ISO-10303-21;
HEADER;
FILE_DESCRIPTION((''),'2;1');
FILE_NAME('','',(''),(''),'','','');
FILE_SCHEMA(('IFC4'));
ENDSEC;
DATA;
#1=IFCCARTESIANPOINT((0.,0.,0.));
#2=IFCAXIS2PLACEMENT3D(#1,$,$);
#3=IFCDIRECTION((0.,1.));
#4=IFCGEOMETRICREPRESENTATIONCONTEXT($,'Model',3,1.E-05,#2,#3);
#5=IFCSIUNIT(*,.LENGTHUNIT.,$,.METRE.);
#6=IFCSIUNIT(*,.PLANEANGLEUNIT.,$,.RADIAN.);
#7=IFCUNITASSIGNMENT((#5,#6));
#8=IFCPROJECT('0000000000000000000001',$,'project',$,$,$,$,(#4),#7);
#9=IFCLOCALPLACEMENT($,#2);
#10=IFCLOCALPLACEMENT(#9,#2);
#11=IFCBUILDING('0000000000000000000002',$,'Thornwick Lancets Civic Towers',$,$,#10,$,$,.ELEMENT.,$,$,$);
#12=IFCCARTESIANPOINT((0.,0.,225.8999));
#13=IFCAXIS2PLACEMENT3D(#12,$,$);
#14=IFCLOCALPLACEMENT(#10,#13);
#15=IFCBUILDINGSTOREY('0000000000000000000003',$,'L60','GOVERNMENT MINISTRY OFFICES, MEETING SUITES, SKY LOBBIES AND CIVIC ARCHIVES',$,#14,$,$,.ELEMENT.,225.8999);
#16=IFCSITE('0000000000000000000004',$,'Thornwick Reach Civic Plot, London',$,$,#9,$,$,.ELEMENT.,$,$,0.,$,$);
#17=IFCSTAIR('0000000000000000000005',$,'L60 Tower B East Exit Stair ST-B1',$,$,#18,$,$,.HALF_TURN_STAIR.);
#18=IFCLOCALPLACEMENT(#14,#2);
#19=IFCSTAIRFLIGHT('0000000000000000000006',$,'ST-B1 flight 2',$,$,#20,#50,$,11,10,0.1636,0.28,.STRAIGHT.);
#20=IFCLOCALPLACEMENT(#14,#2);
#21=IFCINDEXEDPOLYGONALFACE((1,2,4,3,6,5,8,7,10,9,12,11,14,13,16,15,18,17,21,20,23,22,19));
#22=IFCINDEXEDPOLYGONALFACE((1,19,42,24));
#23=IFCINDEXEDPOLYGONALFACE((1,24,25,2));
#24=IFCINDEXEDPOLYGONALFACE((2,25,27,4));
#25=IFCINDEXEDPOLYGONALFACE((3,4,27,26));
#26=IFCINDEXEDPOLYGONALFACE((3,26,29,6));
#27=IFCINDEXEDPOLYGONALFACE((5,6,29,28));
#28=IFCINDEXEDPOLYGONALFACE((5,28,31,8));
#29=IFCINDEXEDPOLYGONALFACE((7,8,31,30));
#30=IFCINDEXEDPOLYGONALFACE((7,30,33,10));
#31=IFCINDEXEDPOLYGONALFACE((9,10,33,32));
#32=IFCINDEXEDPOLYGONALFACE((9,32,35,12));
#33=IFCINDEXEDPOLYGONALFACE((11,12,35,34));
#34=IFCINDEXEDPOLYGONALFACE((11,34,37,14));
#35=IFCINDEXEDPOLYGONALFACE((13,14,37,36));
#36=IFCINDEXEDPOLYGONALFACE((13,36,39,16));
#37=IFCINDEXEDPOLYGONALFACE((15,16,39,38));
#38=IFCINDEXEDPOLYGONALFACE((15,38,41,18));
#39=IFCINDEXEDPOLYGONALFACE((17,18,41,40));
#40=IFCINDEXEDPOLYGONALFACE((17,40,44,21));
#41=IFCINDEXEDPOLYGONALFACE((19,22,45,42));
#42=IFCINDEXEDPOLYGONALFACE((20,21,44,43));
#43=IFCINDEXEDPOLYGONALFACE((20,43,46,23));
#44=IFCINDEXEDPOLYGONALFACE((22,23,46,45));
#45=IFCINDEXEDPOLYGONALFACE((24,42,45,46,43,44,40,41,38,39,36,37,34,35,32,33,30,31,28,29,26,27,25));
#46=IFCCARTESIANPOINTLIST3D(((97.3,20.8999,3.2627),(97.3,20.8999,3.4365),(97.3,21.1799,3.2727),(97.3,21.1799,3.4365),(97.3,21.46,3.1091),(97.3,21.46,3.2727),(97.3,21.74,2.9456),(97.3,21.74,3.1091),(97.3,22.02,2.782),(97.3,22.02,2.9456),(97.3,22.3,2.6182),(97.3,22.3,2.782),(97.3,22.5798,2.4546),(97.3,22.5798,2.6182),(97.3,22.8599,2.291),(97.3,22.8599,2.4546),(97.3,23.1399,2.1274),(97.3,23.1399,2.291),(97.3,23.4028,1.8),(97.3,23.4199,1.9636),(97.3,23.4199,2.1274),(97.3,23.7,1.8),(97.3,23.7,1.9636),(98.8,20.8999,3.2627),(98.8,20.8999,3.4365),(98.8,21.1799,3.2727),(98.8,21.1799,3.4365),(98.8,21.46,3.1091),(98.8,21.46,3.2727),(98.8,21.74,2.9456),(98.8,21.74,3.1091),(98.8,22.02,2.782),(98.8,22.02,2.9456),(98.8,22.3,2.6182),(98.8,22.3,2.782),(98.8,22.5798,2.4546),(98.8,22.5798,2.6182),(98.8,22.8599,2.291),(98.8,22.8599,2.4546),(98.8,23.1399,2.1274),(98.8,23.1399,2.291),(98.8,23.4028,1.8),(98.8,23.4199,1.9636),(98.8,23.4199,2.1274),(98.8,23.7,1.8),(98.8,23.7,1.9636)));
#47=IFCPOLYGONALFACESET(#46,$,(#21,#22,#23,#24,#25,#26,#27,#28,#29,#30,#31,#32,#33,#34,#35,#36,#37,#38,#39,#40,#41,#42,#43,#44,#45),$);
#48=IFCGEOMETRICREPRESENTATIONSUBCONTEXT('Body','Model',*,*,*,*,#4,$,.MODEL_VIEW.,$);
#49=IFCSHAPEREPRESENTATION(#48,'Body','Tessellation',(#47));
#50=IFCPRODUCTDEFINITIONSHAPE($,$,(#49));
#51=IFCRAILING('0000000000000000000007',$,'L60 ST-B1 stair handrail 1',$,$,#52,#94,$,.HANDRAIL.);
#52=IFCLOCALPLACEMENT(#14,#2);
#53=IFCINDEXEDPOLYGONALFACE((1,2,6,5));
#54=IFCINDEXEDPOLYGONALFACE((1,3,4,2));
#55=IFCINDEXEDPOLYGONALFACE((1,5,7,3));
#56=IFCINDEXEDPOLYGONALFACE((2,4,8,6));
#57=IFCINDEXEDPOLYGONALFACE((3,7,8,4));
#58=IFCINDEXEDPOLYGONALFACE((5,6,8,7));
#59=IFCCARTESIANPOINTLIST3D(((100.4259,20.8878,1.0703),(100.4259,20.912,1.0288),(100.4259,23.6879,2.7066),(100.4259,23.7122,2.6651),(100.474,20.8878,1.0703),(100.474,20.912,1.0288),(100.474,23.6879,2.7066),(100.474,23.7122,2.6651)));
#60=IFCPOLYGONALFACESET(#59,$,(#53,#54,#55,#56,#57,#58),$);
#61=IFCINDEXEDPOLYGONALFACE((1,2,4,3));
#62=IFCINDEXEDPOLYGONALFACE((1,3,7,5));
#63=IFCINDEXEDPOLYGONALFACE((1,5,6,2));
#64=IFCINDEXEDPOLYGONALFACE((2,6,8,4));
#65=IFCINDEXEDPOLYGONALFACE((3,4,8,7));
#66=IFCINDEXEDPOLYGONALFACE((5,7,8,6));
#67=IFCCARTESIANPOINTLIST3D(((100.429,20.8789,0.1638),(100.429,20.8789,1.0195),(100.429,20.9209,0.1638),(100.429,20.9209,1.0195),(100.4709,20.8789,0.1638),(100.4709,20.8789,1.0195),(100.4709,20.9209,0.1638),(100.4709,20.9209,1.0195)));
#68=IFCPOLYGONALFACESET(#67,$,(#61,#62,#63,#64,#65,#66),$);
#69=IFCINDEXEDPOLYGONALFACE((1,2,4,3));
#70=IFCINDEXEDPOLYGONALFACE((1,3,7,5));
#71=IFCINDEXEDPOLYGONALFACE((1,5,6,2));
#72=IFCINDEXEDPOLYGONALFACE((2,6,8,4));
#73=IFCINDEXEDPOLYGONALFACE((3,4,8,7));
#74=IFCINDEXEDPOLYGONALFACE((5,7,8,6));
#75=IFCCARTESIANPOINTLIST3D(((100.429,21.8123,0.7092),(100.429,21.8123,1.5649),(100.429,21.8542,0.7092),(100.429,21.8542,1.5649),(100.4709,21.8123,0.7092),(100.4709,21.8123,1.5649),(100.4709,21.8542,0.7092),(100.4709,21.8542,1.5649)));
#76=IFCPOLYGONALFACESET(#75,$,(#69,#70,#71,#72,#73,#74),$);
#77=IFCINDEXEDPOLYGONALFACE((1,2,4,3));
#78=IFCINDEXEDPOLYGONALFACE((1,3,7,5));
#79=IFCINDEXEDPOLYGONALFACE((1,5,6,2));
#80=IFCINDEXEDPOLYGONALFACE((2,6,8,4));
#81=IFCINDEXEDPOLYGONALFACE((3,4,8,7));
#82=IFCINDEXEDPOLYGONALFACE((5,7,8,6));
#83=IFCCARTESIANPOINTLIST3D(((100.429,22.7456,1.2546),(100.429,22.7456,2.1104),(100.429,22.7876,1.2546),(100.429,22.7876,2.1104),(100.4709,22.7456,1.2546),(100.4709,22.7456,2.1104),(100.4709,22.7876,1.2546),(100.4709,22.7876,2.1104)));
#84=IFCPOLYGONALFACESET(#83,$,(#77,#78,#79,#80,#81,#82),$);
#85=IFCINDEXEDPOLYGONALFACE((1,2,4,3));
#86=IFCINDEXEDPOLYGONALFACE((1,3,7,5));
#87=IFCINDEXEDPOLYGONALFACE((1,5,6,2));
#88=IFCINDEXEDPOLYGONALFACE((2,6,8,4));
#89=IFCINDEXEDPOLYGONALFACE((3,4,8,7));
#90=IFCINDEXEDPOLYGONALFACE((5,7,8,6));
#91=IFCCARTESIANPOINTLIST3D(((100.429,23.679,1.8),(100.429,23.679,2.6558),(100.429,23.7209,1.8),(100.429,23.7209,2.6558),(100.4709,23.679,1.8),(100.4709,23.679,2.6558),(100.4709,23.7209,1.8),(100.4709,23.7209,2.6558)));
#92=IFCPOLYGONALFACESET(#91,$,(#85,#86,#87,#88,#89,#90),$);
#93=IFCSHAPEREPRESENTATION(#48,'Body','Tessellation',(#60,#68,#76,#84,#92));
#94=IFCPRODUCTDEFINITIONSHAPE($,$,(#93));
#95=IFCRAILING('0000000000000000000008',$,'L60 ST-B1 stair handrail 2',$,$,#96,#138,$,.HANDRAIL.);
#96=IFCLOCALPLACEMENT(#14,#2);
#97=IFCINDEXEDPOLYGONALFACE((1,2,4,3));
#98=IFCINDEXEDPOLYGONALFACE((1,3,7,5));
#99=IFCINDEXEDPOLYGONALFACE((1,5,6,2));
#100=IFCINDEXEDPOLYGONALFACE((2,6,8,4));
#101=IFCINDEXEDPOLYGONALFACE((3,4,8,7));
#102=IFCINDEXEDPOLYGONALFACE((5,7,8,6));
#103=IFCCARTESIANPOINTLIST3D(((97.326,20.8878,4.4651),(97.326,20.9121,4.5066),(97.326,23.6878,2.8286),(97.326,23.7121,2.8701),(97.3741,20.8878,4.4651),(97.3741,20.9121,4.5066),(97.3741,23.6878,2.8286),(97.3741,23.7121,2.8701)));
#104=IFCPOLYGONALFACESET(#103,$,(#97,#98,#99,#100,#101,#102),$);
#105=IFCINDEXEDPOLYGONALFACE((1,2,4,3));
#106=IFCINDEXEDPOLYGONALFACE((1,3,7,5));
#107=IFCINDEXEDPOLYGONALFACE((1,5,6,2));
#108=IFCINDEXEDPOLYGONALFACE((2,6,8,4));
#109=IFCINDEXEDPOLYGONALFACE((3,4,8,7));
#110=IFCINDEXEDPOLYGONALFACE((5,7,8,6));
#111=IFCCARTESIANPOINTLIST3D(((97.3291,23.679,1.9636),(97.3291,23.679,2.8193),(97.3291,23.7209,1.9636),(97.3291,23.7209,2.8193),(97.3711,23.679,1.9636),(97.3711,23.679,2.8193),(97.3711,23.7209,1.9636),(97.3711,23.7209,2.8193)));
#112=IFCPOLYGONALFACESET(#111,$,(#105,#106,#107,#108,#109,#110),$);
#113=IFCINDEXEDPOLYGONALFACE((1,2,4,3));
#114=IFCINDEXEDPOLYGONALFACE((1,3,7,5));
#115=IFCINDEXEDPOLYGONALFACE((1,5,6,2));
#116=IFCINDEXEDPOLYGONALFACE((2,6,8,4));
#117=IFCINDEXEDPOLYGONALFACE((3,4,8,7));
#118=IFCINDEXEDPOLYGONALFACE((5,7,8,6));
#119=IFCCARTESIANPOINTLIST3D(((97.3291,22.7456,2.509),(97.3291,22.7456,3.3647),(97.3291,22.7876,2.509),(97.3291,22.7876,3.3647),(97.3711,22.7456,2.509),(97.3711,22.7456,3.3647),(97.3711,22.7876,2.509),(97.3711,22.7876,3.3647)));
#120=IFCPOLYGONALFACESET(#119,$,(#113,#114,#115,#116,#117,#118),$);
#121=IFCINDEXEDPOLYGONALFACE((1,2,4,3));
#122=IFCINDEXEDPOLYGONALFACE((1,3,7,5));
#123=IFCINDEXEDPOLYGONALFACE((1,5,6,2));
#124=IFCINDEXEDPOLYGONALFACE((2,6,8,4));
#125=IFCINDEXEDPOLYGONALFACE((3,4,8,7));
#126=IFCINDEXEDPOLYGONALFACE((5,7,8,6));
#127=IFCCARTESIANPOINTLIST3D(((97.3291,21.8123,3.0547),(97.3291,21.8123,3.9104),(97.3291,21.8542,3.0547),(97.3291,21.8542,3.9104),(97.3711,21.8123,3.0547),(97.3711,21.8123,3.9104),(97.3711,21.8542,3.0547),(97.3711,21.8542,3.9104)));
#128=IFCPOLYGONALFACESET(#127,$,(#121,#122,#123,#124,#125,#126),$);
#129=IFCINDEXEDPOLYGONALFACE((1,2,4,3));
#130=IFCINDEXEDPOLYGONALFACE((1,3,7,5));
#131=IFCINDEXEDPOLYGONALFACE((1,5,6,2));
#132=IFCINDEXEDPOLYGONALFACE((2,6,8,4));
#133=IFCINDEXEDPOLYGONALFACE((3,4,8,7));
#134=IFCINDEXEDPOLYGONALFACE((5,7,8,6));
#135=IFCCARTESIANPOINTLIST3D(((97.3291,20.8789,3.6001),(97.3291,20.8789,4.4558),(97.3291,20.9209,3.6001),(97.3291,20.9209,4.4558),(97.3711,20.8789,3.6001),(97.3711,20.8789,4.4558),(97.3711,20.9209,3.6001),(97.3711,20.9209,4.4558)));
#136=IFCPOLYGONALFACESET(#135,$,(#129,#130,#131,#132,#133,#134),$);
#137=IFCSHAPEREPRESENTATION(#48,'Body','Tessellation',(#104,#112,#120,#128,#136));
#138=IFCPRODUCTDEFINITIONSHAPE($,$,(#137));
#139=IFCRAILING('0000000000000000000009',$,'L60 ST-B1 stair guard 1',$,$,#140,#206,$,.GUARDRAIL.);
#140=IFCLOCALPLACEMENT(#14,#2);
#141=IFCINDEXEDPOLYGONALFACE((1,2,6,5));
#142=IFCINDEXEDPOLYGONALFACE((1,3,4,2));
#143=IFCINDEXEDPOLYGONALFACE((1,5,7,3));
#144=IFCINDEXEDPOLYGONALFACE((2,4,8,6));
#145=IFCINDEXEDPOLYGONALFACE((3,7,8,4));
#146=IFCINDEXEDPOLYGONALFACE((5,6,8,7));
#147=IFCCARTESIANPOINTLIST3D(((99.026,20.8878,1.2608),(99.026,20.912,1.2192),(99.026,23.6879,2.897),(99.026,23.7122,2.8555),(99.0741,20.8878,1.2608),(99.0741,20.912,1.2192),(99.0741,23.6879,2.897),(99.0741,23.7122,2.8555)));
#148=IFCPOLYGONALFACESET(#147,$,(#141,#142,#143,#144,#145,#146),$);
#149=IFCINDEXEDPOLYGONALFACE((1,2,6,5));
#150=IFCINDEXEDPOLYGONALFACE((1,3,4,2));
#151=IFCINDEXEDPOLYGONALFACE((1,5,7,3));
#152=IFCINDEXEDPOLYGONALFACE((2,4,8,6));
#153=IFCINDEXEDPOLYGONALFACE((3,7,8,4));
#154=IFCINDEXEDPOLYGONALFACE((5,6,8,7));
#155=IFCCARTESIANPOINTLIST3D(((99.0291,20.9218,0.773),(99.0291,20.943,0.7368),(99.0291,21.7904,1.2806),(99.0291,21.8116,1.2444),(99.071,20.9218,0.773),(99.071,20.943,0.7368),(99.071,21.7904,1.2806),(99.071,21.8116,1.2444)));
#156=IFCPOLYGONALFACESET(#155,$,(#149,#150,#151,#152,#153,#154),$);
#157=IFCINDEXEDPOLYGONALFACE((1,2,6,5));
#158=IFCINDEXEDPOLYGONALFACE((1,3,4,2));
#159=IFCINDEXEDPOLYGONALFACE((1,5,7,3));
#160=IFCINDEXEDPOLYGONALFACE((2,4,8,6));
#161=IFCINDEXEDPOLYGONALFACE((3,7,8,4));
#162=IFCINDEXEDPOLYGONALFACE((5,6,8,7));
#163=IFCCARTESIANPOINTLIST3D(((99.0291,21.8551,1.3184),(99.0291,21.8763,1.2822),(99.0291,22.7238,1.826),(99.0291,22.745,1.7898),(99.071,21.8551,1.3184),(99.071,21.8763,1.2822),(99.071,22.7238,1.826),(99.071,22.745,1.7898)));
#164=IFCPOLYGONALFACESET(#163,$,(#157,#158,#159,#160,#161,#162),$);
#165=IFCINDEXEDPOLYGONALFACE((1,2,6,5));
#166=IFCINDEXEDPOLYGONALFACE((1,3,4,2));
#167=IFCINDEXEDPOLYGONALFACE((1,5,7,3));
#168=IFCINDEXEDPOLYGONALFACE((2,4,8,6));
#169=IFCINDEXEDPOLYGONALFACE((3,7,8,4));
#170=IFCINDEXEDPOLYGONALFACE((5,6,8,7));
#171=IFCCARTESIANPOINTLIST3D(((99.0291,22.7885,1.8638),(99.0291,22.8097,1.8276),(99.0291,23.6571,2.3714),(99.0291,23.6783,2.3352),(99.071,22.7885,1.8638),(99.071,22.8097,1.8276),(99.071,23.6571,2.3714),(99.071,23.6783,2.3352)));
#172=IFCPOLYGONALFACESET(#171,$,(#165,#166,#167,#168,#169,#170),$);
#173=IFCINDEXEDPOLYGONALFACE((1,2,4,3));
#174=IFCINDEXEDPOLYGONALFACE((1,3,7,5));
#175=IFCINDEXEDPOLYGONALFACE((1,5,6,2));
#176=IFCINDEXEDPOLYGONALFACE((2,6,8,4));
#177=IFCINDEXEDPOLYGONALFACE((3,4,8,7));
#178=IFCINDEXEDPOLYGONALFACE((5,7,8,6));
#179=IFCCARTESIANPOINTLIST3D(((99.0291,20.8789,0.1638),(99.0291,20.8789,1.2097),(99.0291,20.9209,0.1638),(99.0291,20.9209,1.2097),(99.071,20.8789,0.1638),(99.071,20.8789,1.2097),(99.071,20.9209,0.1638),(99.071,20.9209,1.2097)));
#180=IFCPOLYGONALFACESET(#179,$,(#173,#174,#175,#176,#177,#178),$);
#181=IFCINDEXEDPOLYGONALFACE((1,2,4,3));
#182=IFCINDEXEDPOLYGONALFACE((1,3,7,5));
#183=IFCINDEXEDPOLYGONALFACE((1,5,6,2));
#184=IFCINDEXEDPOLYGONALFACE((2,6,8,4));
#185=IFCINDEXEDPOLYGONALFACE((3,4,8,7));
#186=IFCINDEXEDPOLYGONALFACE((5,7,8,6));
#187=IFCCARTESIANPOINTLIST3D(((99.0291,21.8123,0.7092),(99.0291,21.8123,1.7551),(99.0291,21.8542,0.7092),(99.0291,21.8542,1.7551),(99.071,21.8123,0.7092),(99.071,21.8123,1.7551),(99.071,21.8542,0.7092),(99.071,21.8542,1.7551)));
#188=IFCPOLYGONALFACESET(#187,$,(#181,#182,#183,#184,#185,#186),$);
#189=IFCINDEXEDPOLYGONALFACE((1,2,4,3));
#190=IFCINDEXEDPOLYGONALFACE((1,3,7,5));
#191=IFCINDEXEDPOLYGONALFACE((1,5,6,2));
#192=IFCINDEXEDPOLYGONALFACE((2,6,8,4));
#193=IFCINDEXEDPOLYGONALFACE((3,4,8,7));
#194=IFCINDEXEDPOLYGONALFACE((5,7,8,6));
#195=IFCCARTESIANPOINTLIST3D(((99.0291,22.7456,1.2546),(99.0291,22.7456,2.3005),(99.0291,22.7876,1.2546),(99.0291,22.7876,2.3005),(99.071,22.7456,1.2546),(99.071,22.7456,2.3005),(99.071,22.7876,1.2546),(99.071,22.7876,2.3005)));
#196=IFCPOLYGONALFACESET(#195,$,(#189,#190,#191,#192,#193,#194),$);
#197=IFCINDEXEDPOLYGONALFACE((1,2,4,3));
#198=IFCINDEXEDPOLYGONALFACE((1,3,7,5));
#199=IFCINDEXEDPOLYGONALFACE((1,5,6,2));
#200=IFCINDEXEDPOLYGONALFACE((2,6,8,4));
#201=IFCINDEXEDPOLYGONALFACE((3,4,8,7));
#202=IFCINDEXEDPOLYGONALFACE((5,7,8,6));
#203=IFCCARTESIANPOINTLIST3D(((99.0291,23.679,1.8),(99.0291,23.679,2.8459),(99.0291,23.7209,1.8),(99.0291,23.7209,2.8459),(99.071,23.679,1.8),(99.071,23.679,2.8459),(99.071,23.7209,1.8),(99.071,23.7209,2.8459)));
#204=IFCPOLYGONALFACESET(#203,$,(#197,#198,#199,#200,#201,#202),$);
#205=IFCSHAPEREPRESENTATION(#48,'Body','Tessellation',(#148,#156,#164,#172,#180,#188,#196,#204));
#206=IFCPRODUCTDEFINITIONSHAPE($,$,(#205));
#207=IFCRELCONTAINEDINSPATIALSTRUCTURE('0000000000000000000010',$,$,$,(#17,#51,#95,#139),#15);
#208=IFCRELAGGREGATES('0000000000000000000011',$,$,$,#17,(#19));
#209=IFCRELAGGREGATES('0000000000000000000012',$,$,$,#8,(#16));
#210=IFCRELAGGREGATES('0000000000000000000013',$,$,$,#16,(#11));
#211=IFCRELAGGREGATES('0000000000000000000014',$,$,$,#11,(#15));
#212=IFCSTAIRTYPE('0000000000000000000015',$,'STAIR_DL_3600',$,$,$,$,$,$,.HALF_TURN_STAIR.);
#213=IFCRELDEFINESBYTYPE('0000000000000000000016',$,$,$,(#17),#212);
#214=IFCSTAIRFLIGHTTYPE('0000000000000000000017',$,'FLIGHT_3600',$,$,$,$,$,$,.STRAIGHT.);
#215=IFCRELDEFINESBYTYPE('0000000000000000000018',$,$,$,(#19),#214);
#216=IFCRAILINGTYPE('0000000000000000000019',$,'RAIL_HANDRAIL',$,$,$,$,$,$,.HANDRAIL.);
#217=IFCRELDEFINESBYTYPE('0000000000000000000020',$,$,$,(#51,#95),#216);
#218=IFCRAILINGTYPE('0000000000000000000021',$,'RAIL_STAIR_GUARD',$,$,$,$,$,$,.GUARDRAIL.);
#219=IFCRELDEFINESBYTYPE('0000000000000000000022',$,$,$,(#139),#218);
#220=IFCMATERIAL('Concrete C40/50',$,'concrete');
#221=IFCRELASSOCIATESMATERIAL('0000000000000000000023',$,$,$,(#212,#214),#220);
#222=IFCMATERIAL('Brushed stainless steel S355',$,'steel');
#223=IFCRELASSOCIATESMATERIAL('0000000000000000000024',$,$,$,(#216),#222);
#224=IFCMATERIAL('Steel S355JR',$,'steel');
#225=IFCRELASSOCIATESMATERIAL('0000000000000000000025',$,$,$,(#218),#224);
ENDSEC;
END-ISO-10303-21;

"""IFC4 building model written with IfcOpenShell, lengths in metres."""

from ifc_helpers import new_model, si_unit, direction, frame, origin, origin_2d, place, context, subcontext, project, spatial, polyline, rectangle, outline, extrude, material, type_object, element, aggregate, save


model = new_model("IFC4")

# Units and contexts
model_context = context("Model", 3, precision=1e-05, world=origin(), true_north=direction((0.0, 1.0)))
body_context = subcontext(model_context, "Body", "Model", "MODEL_VIEW")
ifc_project = project(units=[si_unit("LENGTHUNIT", "METRE"), si_unit("PLANEANGLEUNIT", "RADIAN")], contexts=[model_context])

# Site, building, storey
site_placement = place(None, origin())
site = spatial("IfcSite", under=ifc_project, at=site_placement, Name="Thornwick Reach Civic Plot, London", CompositionType="ELEMENT", RefElevation=0.0)
building_placement = place(site_placement, origin())
building = spatial("IfcBuilding", under=site, at=building_placement, Name="Thornwick Lancets Civic Towers", CompositionType="ELEMENT")
storey_placement = place(building_placement, frame((0.0, 0.0, 225.8999)))
storey = spatial("IfcBuildingStorey", under=building, at=storey_placement, Name="L60", Description="GOVERNMENT MINISTRY OFFICES, MEETING SUITES, SKY LOBBIES AND CIVIC ARCHIVES", CompositionType="ELEMENT", Elevation=225.8999)

# Shared definitions
ifc_material_1 = material(Name="Concrete C40/50", Category="concrete")

# Stair, stair flight
stair_type = type_object("IfcStairType", Name="STAIR_DL_3600", PredefinedType="HALF_TURN_STAIR", material=ifc_material_1)
stair_placement = place(storey_placement, origin())
stair = element("IfcStair", 1, at=stair_placement, inside=storey, type_object=stair_type, Name="L60 Tower B East Exit Stair ST-B1", PredefinedType="HALF_TURN_STAIR")
stair_flight_type = type_object("IfcStairFlightType", Name="FLIGHT_3600", PredefinedType="STRAIGHT", material=ifc_material_1)
stair_flight_1_placement = place(storey_placement, frame((98.05, 23.7, 1.8), z_axis=(0.0, 0.0, 1.0), x_axis=(0.0, -1.0, 0.0)))
stair_flight_1 = element("IfcStairFlight", 2, at=stair_flight_1_placement, type_object=stair_flight_type, Name="ST-B1 flight 2", NumberOfRisers=11, NumberOfTreads=10, PredefinedType="STRAIGHT", RiserHeight=0.1636, TreadLength=0.28, context=body_context, shape_type="SweptSolid", body=[
    extrude(outline(polyline([(0.0, 0.0), (0.0, 0.1636), (0.28, 0.1636), (0.28, 0.3274), (0.5601, 0.3274), (0.5601, 0.491), (0.8401, 0.491), (0.8401, 0.6545), (1.1201, 0.6545), (1.1201, 0.8181), (1.3999, 0.8181), (1.3999, 0.9819), (1.6799, 0.9819), (1.6799, 1.1455), (1.96, 1.1455), (1.96, 1.3091), (2.24, 1.3091), (2.24, 1.4727), (2.52, 1.4727), (2.52, 1.6365), (2.8, 1.6365), (2.8, 1.8), (2.8, 1.4626), (0.2971, 0.0), (0.0, 0.0)])), frame((0.0, 0.75, 0.0), z_axis=(0.0, -1.0, 0.0), x_axis=(1.0, 0.0, 0.0)), (0.0, 0.0, 1.0), 1.5),
])
aggregate(stair, [stair_flight_1])

# Railings
ifc_material_2 = material(Name="Brushed stainless steel S355", Category="steel")
railing_type_1 = type_object("IfcRailingType", Name="RAIL_HANDRAIL", PredefinedType="HANDRAIL", material=ifc_material_2)
railing_1_placement = place(storey_placement, frame((100.45, 20.8999, 0.1638)))
element("IfcRailing", 3, at=railing_1_placement, inside=storey, type_object=railing_type_1, Name="L60 ST-B1 stair handrail 1", PredefinedType="HANDRAIL", context=body_context, shape_type="SweptSolid", body=[
    extrude(rectangle(XDim=0.0481, YDim=0.0481, at=origin_2d()), frame((0.0, 0.0, 0.8857), z_axis=(0.0, 0.863394, 0.504531), x_axis=(-1.0, 0.0, 0.0)), (0.0, 0.0, 1.0), 3.2432),
    extrude(rectangle(XDim=0.042, YDim=0.042, at=origin_2d()), origin(), (0.0, 0.0, 1.0), 0.8557),
    extrude(rectangle(XDim=0.042, YDim=0.042, at=origin_2d()), frame((0.0, 0.9333, 0.5454)), (0.0, 0.0, 1.0), 0.8557),
    extrude(rectangle(XDim=0.042, YDim=0.042, at=origin_2d()), frame((0.0, 1.8667, 1.0908)), (0.0, 0.0, 1.0), 0.8557),
    extrude(rectangle(XDim=0.042, YDim=0.042, at=origin_2d()), frame((0.0, 2.8, 1.6362)), (0.0, 0.0, 1.0), 0.8557),
])
railing_2_placement = place(storey_placement, frame((97.3501, 23.7, 1.9636)))
element("IfcRailing", 4, at=railing_2_placement, inside=storey, type_object=railing_type_1, Name="L60 ST-B1 stair handrail 2", PredefinedType="HANDRAIL", context=body_context, shape_type="SweptSolid", body=[
    extrude(rectangle(XDim=0.0481, YDim=0.0481, at=origin_2d()), frame((0.0, 0.0, 0.8857), z_axis=(0.0, -0.863361, 0.504587), x_axis=(1.0, 0.0, 0.0)), (0.0, 0.0, 1.0), 3.2432),
    extrude(rectangle(XDim=0.042, YDim=0.042, at=origin_2d()), origin(), (0.0, 0.0, 1.0), 0.8557),
    extrude(rectangle(XDim=0.042, YDim=0.042, at=origin_2d()), frame((0.0, -0.9333, 0.5454)), (0.0, 0.0, 1.0), 0.8557),
    extrude(rectangle(XDim=0.042, YDim=0.042, at=origin_2d()), frame((0.0, -1.8667, 1.0911)), (0.0, 0.0, 1.0), 0.8557),
    extrude(rectangle(XDim=0.042, YDim=0.042, at=origin_2d()), frame((0.0, -2.8, 1.6365)), (0.0, 0.0, 1.0), 0.8557),
])
ifc_material_3 = material(Name="Steel S355JR", Category="steel")
railing_type_2 = type_object("IfcRailingType", Name="RAIL_STAIR_GUARD", PredefinedType="GUARDRAIL", material=ifc_material_3)
railing_3_placement = place(storey_placement, frame((99.05, 20.8999, 0.1638)))
element("IfcRailing", 5, at=railing_3_placement, inside=storey, type_object=railing_type_2, Name="L60 ST-B1 stair guard 1", PredefinedType="GUARDRAIL", context=body_context, shape_type="SweptSolid", body=[
    extrude(rectangle(XDim=0.0481, YDim=0.0481, at=origin_2d()), frame((0.0, 0.0, 1.0762), z_axis=(0.0, 0.863394, 0.504531), x_axis=(-1.0, 0.0, 0.0)), (0.0, 0.0, 1.0), 3.2432),
    extrude(rectangle(XDim=0.042, YDim=0.042, at=origin_2d()), frame((0.0, 0.0325, 0.5911), z_axis=(0.0, 0.863394, 0.504531), x_axis=(-1.0, 0.0, 0.0)), (0.0, 0.0, 1.0), 1.0061),
    extrude(rectangle(XDim=0.042, YDim=0.042, at=origin_2d()), frame((0.0, 0.9658, 1.1365), z_axis=(0.0, 0.863394, 0.504531), x_axis=(-1.0, 0.0, 0.0)), (0.0, 0.0, 1.0), 1.0061),
    extrude(rectangle(XDim=0.042, YDim=0.042, at=origin_2d()), frame((0.0, 1.8992, 1.6819), z_axis=(0.0, 0.863394, 0.504531), x_axis=(-1.0, 0.0, 0.0)), (0.0, 0.0, 1.0), 1.0061),
    extrude(rectangle(XDim=0.042, YDim=0.042, at=origin_2d()), origin(), (0.0, 0.0, 1.0), 1.0459),
    extrude(rectangle(XDim=0.042, YDim=0.042, at=origin_2d()), frame((0.0, 0.9333, 0.5454)), (0.0, 0.0, 1.0), 1.0459),
    extrude(rectangle(XDim=0.042, YDim=0.042, at=origin_2d()), frame((0.0, 1.8667, 1.0908)), (0.0, 0.0, 1.0), 1.0459),
    extrude(rectangle(XDim=0.042, YDim=0.042, at=origin_2d()), frame((0.0, 2.8, 1.6362)), (0.0, 0.0, 1.0), 1.0459),
])

save(model, "model.ifc")
